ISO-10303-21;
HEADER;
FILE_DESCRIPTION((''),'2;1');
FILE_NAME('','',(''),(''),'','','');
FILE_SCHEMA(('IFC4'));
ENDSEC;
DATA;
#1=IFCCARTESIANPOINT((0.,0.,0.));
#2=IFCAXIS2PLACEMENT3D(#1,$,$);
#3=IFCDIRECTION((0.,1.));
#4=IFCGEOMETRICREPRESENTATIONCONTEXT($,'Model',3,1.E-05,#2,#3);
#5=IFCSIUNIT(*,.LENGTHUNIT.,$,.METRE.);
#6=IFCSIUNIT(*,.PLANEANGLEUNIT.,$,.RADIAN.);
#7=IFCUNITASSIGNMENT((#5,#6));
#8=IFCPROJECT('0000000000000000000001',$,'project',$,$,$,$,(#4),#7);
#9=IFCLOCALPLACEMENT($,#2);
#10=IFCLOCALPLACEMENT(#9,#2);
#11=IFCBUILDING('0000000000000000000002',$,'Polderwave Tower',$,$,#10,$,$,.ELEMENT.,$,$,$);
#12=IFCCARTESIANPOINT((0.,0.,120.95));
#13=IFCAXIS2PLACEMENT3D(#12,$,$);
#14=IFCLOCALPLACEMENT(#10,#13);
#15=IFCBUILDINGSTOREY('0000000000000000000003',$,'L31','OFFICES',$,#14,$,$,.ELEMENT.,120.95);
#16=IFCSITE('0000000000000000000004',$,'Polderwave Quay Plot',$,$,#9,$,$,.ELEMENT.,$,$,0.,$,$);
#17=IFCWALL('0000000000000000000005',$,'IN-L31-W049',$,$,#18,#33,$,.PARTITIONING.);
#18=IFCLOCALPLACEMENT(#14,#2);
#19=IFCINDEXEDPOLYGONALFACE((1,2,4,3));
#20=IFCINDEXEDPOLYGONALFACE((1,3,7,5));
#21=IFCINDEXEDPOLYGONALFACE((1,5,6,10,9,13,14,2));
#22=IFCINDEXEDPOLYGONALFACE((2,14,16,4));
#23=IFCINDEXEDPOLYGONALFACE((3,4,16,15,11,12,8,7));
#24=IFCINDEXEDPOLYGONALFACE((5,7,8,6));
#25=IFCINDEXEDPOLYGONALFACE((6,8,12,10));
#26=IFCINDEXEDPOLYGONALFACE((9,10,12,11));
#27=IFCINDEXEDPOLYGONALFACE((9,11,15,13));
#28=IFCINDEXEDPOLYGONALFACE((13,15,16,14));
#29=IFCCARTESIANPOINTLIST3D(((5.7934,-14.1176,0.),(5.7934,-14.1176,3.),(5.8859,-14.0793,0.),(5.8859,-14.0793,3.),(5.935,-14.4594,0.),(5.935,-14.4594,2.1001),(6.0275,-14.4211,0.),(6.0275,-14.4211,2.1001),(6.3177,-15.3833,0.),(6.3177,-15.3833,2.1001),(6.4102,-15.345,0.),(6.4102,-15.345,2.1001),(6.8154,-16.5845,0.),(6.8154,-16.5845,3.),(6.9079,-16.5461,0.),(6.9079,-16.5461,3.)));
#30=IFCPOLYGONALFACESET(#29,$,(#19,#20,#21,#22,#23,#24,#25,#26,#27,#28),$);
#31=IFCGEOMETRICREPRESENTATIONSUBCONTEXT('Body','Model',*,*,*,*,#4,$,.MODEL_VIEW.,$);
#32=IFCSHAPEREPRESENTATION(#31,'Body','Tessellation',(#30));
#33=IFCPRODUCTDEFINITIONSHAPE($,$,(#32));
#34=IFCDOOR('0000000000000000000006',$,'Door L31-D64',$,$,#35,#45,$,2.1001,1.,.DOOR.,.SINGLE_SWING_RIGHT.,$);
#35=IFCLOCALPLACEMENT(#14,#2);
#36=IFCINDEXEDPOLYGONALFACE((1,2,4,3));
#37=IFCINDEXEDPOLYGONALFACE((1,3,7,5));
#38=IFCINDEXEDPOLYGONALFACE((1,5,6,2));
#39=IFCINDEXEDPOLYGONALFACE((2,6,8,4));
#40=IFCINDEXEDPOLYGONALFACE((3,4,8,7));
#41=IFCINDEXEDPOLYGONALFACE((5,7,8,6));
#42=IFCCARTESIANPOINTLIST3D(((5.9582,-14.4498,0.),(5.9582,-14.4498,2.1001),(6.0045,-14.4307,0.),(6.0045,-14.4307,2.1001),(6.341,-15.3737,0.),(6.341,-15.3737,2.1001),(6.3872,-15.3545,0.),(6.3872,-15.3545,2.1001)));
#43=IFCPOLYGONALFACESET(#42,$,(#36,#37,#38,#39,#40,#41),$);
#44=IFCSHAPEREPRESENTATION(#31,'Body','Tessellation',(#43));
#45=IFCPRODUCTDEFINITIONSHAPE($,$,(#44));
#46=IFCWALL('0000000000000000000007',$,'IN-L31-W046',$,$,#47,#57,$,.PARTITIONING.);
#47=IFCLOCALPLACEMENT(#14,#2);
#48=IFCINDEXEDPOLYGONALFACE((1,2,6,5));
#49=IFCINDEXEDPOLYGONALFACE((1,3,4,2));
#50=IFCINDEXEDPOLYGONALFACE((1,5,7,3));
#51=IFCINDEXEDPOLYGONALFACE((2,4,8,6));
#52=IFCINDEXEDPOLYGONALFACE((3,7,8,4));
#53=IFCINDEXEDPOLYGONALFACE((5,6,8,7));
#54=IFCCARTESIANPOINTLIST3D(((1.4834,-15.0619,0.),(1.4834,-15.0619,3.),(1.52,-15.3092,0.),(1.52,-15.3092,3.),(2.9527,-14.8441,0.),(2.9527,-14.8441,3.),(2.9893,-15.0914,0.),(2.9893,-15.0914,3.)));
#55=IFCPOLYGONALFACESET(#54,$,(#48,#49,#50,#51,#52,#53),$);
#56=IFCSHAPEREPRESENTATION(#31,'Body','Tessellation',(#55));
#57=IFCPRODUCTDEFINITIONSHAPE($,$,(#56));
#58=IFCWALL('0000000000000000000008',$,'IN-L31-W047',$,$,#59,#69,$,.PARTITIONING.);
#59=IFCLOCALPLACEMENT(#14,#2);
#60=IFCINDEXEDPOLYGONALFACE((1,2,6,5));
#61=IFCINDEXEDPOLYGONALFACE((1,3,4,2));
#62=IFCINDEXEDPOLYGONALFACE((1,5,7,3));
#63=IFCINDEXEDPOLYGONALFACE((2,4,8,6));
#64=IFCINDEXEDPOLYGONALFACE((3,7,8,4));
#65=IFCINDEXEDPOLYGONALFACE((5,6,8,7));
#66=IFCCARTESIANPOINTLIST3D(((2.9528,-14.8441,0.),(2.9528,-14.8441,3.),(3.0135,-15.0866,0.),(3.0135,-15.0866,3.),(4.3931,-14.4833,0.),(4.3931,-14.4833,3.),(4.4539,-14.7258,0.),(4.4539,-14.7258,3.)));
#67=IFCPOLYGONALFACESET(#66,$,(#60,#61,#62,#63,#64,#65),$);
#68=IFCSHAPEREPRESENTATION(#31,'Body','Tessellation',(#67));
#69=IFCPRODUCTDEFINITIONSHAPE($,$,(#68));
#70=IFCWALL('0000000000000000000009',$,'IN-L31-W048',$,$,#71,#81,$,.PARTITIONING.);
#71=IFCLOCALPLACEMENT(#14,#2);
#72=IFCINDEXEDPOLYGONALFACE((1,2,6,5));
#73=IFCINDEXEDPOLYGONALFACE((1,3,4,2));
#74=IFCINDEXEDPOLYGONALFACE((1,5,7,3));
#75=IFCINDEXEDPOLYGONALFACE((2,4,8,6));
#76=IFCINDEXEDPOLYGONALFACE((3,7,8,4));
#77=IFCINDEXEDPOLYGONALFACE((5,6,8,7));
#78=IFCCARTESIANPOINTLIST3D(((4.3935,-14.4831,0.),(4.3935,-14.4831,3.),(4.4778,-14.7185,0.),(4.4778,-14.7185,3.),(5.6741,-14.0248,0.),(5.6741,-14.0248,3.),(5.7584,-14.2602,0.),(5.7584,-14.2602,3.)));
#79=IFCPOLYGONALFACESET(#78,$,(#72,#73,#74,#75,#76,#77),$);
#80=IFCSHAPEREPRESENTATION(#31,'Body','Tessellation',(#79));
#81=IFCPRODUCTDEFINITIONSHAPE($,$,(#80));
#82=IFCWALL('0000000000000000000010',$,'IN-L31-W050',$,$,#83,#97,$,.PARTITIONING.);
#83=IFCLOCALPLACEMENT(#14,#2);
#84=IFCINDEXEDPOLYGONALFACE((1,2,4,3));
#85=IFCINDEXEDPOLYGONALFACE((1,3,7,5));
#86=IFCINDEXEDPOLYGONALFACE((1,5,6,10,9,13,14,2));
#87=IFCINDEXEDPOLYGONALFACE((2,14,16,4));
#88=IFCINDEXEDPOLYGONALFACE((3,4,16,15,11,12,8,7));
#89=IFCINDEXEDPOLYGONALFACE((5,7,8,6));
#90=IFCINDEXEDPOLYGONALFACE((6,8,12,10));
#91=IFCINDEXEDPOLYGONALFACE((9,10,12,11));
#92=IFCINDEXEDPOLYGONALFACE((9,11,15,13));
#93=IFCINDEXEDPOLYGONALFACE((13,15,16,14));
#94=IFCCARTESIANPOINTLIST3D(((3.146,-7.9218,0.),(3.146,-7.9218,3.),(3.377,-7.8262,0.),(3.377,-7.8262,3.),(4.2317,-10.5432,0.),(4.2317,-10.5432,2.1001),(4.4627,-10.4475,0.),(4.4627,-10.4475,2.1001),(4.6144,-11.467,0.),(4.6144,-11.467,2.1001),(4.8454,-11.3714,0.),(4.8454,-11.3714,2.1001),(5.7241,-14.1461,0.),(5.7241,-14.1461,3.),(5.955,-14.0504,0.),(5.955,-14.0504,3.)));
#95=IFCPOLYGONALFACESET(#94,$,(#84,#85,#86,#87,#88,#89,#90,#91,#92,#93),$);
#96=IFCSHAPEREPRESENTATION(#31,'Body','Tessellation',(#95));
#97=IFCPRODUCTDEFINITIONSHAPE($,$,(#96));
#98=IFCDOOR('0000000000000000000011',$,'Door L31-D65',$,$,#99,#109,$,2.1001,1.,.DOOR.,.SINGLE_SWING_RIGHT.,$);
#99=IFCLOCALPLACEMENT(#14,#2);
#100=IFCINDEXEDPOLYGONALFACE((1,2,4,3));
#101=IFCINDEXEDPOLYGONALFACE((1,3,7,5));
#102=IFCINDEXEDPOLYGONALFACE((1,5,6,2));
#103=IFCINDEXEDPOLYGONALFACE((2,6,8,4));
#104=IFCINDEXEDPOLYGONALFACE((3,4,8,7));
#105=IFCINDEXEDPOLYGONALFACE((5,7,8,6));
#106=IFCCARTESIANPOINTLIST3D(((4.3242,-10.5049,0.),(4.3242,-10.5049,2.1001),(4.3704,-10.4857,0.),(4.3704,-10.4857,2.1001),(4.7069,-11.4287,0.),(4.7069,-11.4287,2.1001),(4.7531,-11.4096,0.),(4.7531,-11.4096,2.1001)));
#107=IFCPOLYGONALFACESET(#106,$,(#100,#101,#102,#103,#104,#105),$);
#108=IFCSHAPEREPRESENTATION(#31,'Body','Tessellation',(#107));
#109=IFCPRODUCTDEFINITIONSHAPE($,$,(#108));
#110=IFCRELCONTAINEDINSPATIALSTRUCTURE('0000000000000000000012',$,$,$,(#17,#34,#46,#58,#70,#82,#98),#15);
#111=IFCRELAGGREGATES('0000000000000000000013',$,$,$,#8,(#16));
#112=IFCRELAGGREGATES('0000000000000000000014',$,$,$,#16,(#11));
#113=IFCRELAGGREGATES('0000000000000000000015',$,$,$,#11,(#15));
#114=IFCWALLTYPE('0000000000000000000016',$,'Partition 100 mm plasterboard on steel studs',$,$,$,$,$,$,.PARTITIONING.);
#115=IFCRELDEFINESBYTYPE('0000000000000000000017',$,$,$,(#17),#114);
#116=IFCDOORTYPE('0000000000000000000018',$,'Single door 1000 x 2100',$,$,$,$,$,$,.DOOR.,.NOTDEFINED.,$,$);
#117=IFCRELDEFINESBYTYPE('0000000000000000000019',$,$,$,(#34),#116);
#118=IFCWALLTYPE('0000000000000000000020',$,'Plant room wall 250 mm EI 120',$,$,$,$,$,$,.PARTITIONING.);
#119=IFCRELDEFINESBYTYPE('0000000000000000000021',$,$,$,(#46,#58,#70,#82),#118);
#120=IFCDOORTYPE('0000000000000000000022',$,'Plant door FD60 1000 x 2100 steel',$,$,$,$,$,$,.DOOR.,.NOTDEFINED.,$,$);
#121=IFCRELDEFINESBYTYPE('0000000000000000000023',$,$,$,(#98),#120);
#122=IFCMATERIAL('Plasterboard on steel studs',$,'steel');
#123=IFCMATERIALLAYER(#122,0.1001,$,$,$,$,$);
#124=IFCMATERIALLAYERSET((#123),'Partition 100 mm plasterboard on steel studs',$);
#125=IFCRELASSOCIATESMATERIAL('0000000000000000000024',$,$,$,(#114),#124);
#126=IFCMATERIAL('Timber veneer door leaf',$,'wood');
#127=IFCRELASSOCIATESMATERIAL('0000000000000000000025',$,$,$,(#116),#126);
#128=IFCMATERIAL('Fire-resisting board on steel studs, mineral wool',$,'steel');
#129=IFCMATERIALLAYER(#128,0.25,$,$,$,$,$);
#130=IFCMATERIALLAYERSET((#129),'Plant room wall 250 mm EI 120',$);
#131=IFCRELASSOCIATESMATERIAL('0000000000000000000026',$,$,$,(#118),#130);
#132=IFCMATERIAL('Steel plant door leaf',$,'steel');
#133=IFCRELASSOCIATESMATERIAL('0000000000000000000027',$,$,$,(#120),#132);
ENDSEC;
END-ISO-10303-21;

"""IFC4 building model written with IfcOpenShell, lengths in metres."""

from ifc_helpers import new_model, si_unit, direction, frame, frame_2d, origin, place, context, subcontext, project, spatial, rectangle, extrude, material, layer, layer_set, type_object, element, fill, save


model = new_model("IFC4")

# Units and contexts
model_context = context("Model", 3, precision=1e-05, world=origin(), true_north=direction((0.0, 1.0)))
body_context = subcontext(model_context, "Body", "Model", "MODEL_VIEW")
ifc_project = project(units=[si_unit("LENGTHUNIT", "METRE"), si_unit("PLANEANGLEUNIT", "RADIAN")], contexts=[model_context])

# Site, building, storey
site_placement = place(None, origin())
site = spatial("IfcSite", under=ifc_project, at=site_placement, Name="Polderwave Quay Plot", CompositionType="ELEMENT", RefElevation=0.0)
building_placement = place(site_placement, origin())
building = spatial("IfcBuilding", under=site, at=building_placement, Name="Polderwave Tower", CompositionType="ELEMENT")
storey_placement = place(building_placement, frame((0.0, 0.0, 120.95)))
storey = spatial("IfcBuildingStorey", under=building, at=storey_placement, Name="L31", Description="OFFICES", CompositionType="ELEMENT", Elevation=120.95)

# Wall, opening, door
ifc_material_1 = material(Name="Plasterboard on steel studs", Category="steel")
ifc_layer_1 = layer(ifc_material_1, 0.1001)
ifc_layer_set_1 = layer_set([ifc_layer_1], Name="Partition 100 mm plasterboard on steel studs")
wall_type_1 = type_object("IfcWallType", Name="Partition 100 mm plasterboard on steel studs", PredefinedType="PARTITIONING", material=ifc_layer_set_1)
wall_1_placement = place(storey_placement, frame((6.8616, -16.5652, 0.0), z_axis=(0.0, 0.0, 1.0), x_axis=(-0.382745, 0.923854, 0.0)))
wall_1 = element("IfcWall", 1, at=wall_1_placement, inside=storey, type_object=wall_type_1, Name="IN-L31-W049", PredefinedType="PARTITIONING", context=body_context, shape_type="SweptSolid", body=[
    extrude(rectangle(XDim=2.6702, YDim=0.1001, at=frame_2d((1.335, 0.0))), origin(), (0.0, 0.0, 1.0), 3.0),
])
opening_1_placement = place(wall_1_placement, frame((1.3, 0.0, 0.0)))
opening_1 = element("IfcOpeningElement", 2, at=opening_1_placement, cuts=wall_1, PredefinedType="OPENING", context=body_context, shape_type="SweptSolid", body=[
    extrude(rectangle(XDim=1.0, YDim=2.1001, at=frame_2d((0.5, 1.05))), frame((0.0, 0.0601, 0.0), z_axis=(0.0, -1.0, 0.0), x_axis=(1.0, 0.0, 0.0)), (0.0, 0.0, 1.0), 0.1201),
])
ifc_material_2 = material(Name="Timber veneer door leaf", Category="wood")
door_type_1 = type_object("IfcDoorType", Name="Single door 1000 x 2100", OperationType="NOTDEFINED", PredefinedType="DOOR", material=ifc_material_2)
door_1_placement = place(opening_1_placement, origin())
door_1 = element("IfcDoor", 3, at=door_1_placement, inside=storey, type_object=door_type_1, Name="Door L31-D64", OperationType="SINGLE_SWING_RIGHT", OverallHeight=2.1001, OverallWidth=1.0, PredefinedType="DOOR", context=body_context, shape_type="SweptSolid", body=[
    extrude(rectangle(XDim=1.0, YDim=2.1001, at=frame_2d((0.5, 1.05))), frame((0.0, 0.0249, 0.0), z_axis=(0.0, -1.0, 0.0), x_axis=(1.0, 0.0, 0.0)), (0.0, 0.0, 1.0), 0.05),
])
fill(opening_1, door_1)

# Walls
ifc_material_3 = material(Name="Fire-resisting board on steel studs, mineral wool", Category="steel")
ifc_layer_2 = layer(ifc_material_3, 0.25)
ifc_layer_set_2 = layer_set([ifc_layer_2], Name="Plant room wall 250 mm EI 120")
wall_type_2 = type_object("IfcWallType", Name="Plant room wall 250 mm EI 120", PredefinedType="PARTITIONING", material=ifc_layer_set_2)
wall_2_placement = place(storey_placement, frame((1.5017, -15.1855, 0.0), z_axis=(0.0, 0.0, 1.0), x_axis=(0.989193, 0.14662, 0.0)))
element("IfcWall", 4, at=wall_2_placement, inside=storey, type_object=wall_type_2, Name="IN-L31-W046", PredefinedType="PARTITIONING", context=body_context, shape_type="SweptSolid", body=[
    extrude(rectangle(XDim=1.4854, YDim=0.25, at=frame_2d((0.7427, 0.0))), origin(), (0.0, 0.0, 1.0), 3.0),
])
wall_3_placement = place(storey_placement, frame((2.9832, -14.9653, 0.0), z_axis=(0.0, 0.0, 1.0), x_axis=(0.970026, 0.243, 0.0)))
element("IfcWall", 5, at=wall_3_placement, inside=storey, type_object=wall_type_2, Name="IN-L31-W047", PredefinedType="PARTITIONING", context=body_context, shape_type="SweptSolid", body=[
    extrude(rectangle(XDim=1.4849, YDim=0.25, at=frame_2d((0.7424, 0.0))), origin(), (0.0, 0.0, 1.0), 3.0),
])
wall_4_placement = place(storey_placement, frame((4.4355, -14.6008, 0.0), z_axis=(0.0, 0.0, 1.0), x_axis=(0.941526, 0.336939, 0.0)))
element("IfcWall", 6, at=wall_4_placement, inside=storey, type_object=wall_type_2, Name="IN-L31-W048", PredefinedType="PARTITIONING", context=body_context, shape_type="SweptSolid", body=[
    extrude(rectangle(XDim=1.3601, YDim=0.25, at=frame_2d((0.6802, 0.0))), origin(), (0.0, 0.0, 1.0), 3.0),
])

# Wall, opening, door
wall_5_placement = place(storey_placement, frame((5.8396, -14.0984, 0.0), z_axis=(0.0, 0.0, 1.0), x_axis=(-0.382672, 0.923884, 0.0)))
wall_5 = element("IfcWall", 7, at=wall_5_placement, inside=storey, type_object=wall_type_2, Name="IN-L31-W050", PredefinedType="PARTITIONING", context=body_context, shape_type="SweptSolid", body=[
    extrude(rectangle(XDim=6.7371, YDim=0.25, at=frame_2d((3.3687, 0.0))), origin(), (0.0, 0.0, 1.0), 3.0),
])
opening_2_placement = place(wall_5_placement, frame((2.8999, 0.0, 0.0)))
opening_2 = element("IfcOpeningElement", 8, at=opening_2_placement, cuts=wall_5, PredefinedType="OPENING", context=body_context, shape_type="SweptSolid", body=[
    extrude(rectangle(XDim=1.0, YDim=2.1001, at=frame_2d((0.5, 1.05))), frame((0.0, 0.135, 0.0), z_axis=(0.0, -1.0, 0.0), x_axis=(1.0, 0.0, 0.0)), (0.0, 0.0, 1.0), 0.27),
])
ifc_material_4 = material(Name="Steel plant door leaf", Category="steel")
door_type_2 = type_object("IfcDoorType", Name="Plant door FD60 1000 x 2100 steel", OperationType="NOTDEFINED", PredefinedType="DOOR", material=ifc_material_4)
door_2_placement = place(opening_2_placement, origin())
door_2 = element("IfcDoor", 9, at=door_2_placement, inside=storey, type_object=door_type_2, Name="Door L31-D65", OperationType="SINGLE_SWING_RIGHT", OverallHeight=2.1001, OverallWidth=1.0, PredefinedType="DOOR", context=body_context, shape_type="SweptSolid", body=[
    extrude(rectangle(XDim=1.0, YDim=2.1001, at=frame_2d((0.5, 1.05))), frame((0.0, 0.0249, 0.0), z_axis=(0.0, -1.0, 0.0), x_axis=(1.0, 0.0, 0.0)), (0.0, 0.0, 1.0), 0.05),
])
fill(opening_2, door_2)

save(model, "model.ifc")
